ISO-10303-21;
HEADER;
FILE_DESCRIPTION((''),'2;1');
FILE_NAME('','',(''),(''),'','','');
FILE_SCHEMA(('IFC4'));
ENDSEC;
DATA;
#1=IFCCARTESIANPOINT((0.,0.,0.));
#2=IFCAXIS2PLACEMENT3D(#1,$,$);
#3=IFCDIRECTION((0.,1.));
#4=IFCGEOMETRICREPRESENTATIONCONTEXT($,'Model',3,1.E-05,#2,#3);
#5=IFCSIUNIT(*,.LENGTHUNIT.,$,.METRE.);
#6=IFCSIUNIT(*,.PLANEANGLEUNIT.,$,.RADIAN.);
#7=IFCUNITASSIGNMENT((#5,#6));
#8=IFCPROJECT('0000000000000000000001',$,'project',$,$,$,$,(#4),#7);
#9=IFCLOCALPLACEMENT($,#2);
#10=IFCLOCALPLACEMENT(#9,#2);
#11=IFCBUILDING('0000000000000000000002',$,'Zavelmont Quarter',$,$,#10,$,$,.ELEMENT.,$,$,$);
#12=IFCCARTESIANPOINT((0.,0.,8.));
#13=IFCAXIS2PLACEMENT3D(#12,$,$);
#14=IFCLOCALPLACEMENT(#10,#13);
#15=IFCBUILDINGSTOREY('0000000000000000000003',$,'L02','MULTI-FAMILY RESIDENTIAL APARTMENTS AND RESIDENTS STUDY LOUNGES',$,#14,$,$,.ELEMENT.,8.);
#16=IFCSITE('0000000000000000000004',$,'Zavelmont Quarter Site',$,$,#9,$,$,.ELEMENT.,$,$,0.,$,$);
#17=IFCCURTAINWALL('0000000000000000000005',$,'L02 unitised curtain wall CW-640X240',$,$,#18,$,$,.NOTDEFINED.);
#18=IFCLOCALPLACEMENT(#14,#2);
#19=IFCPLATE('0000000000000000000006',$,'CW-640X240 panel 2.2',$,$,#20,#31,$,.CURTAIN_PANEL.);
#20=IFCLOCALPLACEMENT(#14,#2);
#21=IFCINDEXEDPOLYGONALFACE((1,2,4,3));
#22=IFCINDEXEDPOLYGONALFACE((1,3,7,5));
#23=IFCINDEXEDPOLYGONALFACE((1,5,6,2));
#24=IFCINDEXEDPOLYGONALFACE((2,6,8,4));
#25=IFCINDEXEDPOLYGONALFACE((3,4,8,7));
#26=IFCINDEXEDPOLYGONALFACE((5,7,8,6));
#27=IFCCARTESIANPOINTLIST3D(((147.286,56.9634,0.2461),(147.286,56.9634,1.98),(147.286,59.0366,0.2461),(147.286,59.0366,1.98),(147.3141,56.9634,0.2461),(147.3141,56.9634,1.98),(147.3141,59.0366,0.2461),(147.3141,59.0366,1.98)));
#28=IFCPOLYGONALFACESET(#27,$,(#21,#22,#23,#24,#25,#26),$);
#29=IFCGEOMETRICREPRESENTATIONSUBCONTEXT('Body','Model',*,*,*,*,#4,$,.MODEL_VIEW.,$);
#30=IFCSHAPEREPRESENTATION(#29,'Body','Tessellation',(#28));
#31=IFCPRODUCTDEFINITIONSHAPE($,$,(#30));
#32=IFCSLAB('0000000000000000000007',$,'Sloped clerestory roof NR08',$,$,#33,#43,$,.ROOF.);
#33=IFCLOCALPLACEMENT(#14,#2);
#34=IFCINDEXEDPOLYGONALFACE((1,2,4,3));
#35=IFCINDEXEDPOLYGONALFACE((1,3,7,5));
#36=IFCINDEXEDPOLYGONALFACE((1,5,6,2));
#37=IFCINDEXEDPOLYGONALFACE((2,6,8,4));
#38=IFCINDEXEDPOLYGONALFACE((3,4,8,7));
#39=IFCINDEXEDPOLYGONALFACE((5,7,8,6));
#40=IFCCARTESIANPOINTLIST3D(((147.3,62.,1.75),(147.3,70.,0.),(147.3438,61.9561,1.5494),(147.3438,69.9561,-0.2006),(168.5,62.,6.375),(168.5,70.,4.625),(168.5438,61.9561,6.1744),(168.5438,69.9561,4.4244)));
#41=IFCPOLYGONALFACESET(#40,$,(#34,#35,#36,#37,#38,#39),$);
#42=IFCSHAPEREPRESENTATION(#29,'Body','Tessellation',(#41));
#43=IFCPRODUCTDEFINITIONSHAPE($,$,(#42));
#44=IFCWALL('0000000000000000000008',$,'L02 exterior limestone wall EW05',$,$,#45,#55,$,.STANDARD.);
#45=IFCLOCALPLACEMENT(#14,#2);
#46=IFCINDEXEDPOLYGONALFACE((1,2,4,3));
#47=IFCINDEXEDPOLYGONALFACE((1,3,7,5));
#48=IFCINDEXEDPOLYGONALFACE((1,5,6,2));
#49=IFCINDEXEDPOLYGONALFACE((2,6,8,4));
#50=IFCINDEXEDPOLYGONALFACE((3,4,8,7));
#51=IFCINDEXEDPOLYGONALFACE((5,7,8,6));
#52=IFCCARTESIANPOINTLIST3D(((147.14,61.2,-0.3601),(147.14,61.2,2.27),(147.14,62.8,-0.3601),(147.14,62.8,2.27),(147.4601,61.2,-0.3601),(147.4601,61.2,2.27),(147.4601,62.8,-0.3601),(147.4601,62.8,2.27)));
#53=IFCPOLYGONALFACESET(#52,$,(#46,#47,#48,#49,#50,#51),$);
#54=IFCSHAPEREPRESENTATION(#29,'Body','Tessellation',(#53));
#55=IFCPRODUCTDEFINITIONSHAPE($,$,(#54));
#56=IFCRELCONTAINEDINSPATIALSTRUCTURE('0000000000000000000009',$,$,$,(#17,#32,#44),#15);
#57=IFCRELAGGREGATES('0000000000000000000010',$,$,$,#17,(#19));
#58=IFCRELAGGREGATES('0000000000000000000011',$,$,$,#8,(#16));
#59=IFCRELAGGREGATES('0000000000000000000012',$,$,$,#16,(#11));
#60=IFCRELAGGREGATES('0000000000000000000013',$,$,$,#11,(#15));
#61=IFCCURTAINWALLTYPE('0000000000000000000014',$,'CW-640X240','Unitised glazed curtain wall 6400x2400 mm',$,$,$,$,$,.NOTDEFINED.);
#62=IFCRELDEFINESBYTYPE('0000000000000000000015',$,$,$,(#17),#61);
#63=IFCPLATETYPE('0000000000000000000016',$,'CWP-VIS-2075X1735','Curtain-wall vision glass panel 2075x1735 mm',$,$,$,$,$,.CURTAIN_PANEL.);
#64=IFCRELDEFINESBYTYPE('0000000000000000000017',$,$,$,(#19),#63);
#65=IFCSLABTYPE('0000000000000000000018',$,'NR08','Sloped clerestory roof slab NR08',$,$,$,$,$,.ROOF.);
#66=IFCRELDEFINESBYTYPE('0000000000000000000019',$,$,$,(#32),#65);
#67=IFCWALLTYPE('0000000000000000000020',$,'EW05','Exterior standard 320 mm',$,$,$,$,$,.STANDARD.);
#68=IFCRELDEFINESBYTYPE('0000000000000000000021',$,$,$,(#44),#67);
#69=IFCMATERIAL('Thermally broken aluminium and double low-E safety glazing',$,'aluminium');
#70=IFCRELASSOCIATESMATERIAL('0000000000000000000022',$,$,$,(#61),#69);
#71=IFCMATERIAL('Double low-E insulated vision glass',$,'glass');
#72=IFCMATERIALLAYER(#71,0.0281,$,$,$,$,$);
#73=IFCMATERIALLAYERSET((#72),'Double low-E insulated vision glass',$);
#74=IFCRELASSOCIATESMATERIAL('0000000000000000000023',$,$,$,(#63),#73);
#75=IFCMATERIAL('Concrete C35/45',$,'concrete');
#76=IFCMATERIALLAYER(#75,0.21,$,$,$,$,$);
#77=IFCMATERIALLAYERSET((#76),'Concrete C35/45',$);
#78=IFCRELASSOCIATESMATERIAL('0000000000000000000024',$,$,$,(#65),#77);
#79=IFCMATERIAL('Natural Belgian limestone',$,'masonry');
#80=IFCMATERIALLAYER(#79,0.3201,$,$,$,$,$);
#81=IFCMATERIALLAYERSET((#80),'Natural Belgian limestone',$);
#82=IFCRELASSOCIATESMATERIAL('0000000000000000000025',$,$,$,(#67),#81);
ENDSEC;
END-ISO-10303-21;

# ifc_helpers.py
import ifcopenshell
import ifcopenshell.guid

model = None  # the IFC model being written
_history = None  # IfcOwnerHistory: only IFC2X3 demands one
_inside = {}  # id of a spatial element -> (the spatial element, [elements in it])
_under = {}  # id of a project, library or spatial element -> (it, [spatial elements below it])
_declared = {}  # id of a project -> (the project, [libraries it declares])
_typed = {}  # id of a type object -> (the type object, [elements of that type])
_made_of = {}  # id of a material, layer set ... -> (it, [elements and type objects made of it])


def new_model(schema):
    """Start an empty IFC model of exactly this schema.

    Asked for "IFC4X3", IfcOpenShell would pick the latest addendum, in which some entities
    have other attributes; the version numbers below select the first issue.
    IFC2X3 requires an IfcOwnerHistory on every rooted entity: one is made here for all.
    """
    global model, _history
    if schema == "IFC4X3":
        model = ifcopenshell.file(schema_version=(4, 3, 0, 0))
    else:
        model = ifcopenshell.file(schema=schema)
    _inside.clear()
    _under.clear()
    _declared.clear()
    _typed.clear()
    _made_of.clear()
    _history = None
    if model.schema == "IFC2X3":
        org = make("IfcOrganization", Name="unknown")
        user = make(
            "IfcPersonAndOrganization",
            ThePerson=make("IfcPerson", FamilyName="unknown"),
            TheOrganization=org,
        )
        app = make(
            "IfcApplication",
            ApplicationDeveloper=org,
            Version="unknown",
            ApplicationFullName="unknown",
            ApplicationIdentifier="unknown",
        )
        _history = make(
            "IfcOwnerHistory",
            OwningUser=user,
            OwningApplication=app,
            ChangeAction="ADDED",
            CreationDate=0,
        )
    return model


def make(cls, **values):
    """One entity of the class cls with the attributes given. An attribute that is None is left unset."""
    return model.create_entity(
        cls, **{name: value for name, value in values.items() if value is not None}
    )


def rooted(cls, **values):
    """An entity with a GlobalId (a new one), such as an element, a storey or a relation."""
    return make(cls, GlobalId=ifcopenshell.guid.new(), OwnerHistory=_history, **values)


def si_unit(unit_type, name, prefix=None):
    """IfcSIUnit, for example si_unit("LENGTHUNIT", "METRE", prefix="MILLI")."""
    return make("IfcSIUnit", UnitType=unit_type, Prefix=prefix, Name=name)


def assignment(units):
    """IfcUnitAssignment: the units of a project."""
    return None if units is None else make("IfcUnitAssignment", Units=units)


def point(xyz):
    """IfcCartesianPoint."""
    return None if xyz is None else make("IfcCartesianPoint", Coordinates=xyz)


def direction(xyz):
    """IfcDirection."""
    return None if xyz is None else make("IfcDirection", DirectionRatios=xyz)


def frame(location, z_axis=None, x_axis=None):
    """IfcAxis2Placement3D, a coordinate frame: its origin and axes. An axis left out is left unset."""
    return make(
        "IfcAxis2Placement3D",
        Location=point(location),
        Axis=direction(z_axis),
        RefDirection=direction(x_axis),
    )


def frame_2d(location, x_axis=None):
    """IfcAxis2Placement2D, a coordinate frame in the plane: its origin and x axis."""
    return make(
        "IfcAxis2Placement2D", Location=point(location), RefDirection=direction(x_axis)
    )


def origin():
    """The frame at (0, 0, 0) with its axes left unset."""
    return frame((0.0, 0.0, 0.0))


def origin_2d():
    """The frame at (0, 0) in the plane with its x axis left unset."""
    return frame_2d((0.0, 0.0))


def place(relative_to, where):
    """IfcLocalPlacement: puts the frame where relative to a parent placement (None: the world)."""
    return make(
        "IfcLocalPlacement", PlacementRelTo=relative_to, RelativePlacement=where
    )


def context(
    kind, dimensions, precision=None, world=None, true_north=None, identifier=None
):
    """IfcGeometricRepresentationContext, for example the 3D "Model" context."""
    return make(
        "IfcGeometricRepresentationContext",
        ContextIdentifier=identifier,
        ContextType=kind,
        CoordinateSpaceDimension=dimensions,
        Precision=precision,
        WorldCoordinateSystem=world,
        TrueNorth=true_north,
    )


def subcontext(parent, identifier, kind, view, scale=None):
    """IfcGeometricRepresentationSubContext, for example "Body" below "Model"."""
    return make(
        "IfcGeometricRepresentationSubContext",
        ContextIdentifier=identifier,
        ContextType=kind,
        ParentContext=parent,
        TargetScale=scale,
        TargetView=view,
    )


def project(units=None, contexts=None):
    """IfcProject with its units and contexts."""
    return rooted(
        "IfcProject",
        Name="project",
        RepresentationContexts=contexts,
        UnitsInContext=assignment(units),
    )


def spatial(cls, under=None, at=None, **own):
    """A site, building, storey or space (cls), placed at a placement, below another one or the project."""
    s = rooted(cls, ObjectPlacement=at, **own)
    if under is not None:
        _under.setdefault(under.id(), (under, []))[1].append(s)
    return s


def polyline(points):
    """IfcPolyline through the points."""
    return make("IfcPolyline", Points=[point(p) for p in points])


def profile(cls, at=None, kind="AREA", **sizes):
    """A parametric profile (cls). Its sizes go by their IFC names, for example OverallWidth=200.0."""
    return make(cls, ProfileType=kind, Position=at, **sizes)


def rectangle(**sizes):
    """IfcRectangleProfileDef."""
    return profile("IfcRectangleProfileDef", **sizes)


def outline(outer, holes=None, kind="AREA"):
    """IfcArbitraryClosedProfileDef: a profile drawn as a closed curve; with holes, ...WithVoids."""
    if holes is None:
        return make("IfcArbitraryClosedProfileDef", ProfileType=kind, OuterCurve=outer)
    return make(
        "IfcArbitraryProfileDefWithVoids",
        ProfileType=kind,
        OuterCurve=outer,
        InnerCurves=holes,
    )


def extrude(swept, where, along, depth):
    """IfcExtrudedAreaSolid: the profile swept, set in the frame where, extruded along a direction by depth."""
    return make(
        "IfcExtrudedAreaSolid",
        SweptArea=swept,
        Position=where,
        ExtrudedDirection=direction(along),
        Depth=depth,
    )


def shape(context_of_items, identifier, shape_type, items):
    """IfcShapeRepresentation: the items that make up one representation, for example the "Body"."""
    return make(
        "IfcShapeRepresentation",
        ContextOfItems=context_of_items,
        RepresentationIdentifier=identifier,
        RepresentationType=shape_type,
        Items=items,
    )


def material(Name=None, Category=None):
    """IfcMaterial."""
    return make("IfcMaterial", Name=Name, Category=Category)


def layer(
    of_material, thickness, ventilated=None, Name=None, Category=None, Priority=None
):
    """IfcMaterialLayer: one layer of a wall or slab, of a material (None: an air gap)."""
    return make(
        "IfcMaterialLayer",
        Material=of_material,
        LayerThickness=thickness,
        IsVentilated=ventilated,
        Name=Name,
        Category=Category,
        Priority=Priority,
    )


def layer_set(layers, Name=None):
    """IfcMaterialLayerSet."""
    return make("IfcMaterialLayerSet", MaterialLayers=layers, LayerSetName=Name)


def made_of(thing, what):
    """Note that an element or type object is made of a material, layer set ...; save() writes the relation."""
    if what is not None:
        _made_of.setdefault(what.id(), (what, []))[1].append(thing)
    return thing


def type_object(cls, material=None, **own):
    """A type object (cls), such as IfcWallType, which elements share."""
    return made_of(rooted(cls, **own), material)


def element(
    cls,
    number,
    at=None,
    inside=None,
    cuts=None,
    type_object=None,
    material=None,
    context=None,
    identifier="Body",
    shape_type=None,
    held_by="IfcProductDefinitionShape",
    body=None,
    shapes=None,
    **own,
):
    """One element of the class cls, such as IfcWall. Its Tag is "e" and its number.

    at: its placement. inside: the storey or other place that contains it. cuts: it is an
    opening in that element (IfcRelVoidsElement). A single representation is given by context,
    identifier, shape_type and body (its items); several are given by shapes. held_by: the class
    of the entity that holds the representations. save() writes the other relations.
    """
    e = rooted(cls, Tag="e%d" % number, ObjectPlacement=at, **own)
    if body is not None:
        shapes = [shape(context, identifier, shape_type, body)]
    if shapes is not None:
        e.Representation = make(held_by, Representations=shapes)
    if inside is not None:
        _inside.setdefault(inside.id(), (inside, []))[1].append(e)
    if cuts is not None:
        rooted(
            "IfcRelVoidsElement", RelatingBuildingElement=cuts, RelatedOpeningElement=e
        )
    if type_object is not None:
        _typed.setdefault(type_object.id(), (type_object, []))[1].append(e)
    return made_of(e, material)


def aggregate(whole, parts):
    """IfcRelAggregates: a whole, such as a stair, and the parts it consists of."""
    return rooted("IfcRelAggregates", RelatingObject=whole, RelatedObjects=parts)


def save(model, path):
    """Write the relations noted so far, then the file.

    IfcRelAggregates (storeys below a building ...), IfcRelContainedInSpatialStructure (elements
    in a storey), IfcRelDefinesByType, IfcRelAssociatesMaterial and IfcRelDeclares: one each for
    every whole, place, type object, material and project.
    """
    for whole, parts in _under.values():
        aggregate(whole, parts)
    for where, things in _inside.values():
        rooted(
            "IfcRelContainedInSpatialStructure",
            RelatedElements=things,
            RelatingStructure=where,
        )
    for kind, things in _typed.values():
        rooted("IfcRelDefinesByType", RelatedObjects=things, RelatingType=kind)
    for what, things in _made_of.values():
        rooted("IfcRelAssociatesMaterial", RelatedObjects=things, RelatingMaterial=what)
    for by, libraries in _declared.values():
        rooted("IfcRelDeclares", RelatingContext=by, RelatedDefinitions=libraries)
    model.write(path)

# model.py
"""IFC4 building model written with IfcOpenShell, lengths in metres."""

from ifc_helpers import new_model, si_unit, direction, frame, frame_2d, origin, origin_2d, place, context, subcontext, project, spatial, polyline, rectangle, outline, extrude, material, layer, layer_set, type_object, element, aggregate, save


model = new_model("IFC4")

# Units and contexts
model_context = context("Model", 3, precision=1e-05, world=origin(), true_north=direction((0.0, 1.0)))
body_context = subcontext(model_context, "Body", "Model", "MODEL_VIEW")
ifc_project = project(units=[si_unit("LENGTHUNIT", "METRE"), si_unit("PLANEANGLEUNIT", "RADIAN")], contexts=[model_context])

# Site, building, storey
site_placement = place(None, origin())
site = spatial("IfcSite", under=ifc_project, at=site_placement, Name="Zavelmont Quarter Site", CompositionType="ELEMENT", RefElevation=0.0)
building_placement = place(site_placement, origin())
building = spatial("IfcBuilding", under=site, at=building_placement, Name="Zavelmont Quarter", CompositionType="ELEMENT")
storey_placement = place(building_placement, frame((0.0, 0.0, 8.0)))
storey = spatial("IfcBuildingStorey", under=building, at=storey_placement, Name="L02", Description="MULTI-FAMILY RESIDENTIAL APARTMENTS AND RESIDENTS STUDY LOUNGES", CompositionType="ELEMENT", Elevation=8.0)

# Curtain wall
ifc_material_1 = material(Name="Thermally broken aluminium and double low-E safety glazing", Category="aluminium")
curtain_wall_type = type_object("IfcCurtainWallType", Name="CW-640X240", Description="Unitised glazed curtain wall 6400x2400 mm", PredefinedType="NOTDEFINED", material=ifc_material_1)
curtain_wall_1_placement = place(storey_placement, origin())
curtain_wall_1 = element("IfcCurtainWall", 1, at=curtain_wall_1_placement, inside=storey, type_object=curtain_wall_type, Name="L02 unitised curtain wall CW-640X240", PredefinedType="NOTDEFINED")

# Plate
ifc_material_2 = material(Name="Double low-E insulated vision glass", Category="glass")
ifc_layer_1 = layer(ifc_material_2, 0.0281)
ifc_layer_set_1 = layer_set([ifc_layer_1], Name="Double low-E insulated vision glass")
plate_type_1 = type_object("IfcPlateType", Name="CWP-VIS-2075X1735", Description="Curtain-wall vision glass panel 2075x1735 mm", PredefinedType="CURTAIN_PANEL", material=ifc_layer_set_1)
plate_1_placement = place(storey_placement, frame((147.3, 58.0, 0.2461), z_axis=(0.0, 0.0, 1.0), x_axis=(0.0, 1.0, 0.0)))
plate_1 = element("IfcPlate", 2, at=plate_1_placement, type_object=plate_type_1, Name="CW-640X240 panel 2.2", PredefinedType="CURTAIN_PANEL", context=body_context, shape_type="SweptSolid", body=[
    extrude(rectangle(XDim=2.0732, YDim=0.0281, at=origin_2d()), origin(), (0.0, 0.0, 1.0), 1.7339),
])
aggregate(curtain_wall_1, [plate_1])

# Slab
ifc_material_3 = material(Name="Concrete C35/45", Category="concrete")
ifc_layer_2 = layer(ifc_material_3, 0.21)
ifc_layer_set_2 = layer_set([ifc_layer_2], Name="Concrete C35/45")
slab_type = type_object("IfcSlabType", Name="NR08", Description="Sloped clerestory roof slab NR08", PredefinedType="ROOF", material=ifc_layer_set_2)
slab_placement = place(storey_placement, frame((147.3, 62.0, 1.75), z_axis=(-0.20844, 0.209003, 0.955443), x_axis=(0.97702, 0.0, 0.213148)))
element("IfcSlab", 3, at=slab_placement, inside=storey, type_object=slab_type, Name="Sloped clerestory roof NR08", PredefinedType="ROOF", context=body_context, shape_type="SweptSolid", body=[
    extrude(outline(polyline([(0.0, 0.0), (21.6986, 0.0), (21.3256, 8.1807), (-0.373, 8.1807), (0.0, 0.0)])), origin(), (0.0, 0.0, -1.0), 0.21),
])

# Wall
ifc_material_4 = material(Name="Natural Belgian limestone", Category="masonry")
ifc_layer_3 = layer(ifc_material_4, 0.3201)
ifc_layer_set_3 = layer_set([ifc_layer_3], Name="Natural Belgian limestone")
wall_type = type_object("IfcWallType", Name="EW05", Description="Exterior standard 320 mm", PredefinedType="STANDARD", material=ifc_layer_set_3)
wall_placement = place(storey_placement, frame((147.3, 61.2, -0.3601), z_axis=(0.0, 0.0, 1.0), x_axis=(0.0, 1.0, 0.0)))
element("IfcWall", 4, at=wall_placement, inside=storey, type_object=wall_type, Name="L02 exterior limestone wall EW05", PredefinedType="STANDARD", context=body_context, shape_type="SweptSolid", body=[
    extrude(rectangle(XDim=1.6001, YDim=0.3201, at=frame_2d((0.8, 0.0))), origin(), (0.0, 0.0, 1.0), 2.6301),
])

save(model, "model.ifc")
